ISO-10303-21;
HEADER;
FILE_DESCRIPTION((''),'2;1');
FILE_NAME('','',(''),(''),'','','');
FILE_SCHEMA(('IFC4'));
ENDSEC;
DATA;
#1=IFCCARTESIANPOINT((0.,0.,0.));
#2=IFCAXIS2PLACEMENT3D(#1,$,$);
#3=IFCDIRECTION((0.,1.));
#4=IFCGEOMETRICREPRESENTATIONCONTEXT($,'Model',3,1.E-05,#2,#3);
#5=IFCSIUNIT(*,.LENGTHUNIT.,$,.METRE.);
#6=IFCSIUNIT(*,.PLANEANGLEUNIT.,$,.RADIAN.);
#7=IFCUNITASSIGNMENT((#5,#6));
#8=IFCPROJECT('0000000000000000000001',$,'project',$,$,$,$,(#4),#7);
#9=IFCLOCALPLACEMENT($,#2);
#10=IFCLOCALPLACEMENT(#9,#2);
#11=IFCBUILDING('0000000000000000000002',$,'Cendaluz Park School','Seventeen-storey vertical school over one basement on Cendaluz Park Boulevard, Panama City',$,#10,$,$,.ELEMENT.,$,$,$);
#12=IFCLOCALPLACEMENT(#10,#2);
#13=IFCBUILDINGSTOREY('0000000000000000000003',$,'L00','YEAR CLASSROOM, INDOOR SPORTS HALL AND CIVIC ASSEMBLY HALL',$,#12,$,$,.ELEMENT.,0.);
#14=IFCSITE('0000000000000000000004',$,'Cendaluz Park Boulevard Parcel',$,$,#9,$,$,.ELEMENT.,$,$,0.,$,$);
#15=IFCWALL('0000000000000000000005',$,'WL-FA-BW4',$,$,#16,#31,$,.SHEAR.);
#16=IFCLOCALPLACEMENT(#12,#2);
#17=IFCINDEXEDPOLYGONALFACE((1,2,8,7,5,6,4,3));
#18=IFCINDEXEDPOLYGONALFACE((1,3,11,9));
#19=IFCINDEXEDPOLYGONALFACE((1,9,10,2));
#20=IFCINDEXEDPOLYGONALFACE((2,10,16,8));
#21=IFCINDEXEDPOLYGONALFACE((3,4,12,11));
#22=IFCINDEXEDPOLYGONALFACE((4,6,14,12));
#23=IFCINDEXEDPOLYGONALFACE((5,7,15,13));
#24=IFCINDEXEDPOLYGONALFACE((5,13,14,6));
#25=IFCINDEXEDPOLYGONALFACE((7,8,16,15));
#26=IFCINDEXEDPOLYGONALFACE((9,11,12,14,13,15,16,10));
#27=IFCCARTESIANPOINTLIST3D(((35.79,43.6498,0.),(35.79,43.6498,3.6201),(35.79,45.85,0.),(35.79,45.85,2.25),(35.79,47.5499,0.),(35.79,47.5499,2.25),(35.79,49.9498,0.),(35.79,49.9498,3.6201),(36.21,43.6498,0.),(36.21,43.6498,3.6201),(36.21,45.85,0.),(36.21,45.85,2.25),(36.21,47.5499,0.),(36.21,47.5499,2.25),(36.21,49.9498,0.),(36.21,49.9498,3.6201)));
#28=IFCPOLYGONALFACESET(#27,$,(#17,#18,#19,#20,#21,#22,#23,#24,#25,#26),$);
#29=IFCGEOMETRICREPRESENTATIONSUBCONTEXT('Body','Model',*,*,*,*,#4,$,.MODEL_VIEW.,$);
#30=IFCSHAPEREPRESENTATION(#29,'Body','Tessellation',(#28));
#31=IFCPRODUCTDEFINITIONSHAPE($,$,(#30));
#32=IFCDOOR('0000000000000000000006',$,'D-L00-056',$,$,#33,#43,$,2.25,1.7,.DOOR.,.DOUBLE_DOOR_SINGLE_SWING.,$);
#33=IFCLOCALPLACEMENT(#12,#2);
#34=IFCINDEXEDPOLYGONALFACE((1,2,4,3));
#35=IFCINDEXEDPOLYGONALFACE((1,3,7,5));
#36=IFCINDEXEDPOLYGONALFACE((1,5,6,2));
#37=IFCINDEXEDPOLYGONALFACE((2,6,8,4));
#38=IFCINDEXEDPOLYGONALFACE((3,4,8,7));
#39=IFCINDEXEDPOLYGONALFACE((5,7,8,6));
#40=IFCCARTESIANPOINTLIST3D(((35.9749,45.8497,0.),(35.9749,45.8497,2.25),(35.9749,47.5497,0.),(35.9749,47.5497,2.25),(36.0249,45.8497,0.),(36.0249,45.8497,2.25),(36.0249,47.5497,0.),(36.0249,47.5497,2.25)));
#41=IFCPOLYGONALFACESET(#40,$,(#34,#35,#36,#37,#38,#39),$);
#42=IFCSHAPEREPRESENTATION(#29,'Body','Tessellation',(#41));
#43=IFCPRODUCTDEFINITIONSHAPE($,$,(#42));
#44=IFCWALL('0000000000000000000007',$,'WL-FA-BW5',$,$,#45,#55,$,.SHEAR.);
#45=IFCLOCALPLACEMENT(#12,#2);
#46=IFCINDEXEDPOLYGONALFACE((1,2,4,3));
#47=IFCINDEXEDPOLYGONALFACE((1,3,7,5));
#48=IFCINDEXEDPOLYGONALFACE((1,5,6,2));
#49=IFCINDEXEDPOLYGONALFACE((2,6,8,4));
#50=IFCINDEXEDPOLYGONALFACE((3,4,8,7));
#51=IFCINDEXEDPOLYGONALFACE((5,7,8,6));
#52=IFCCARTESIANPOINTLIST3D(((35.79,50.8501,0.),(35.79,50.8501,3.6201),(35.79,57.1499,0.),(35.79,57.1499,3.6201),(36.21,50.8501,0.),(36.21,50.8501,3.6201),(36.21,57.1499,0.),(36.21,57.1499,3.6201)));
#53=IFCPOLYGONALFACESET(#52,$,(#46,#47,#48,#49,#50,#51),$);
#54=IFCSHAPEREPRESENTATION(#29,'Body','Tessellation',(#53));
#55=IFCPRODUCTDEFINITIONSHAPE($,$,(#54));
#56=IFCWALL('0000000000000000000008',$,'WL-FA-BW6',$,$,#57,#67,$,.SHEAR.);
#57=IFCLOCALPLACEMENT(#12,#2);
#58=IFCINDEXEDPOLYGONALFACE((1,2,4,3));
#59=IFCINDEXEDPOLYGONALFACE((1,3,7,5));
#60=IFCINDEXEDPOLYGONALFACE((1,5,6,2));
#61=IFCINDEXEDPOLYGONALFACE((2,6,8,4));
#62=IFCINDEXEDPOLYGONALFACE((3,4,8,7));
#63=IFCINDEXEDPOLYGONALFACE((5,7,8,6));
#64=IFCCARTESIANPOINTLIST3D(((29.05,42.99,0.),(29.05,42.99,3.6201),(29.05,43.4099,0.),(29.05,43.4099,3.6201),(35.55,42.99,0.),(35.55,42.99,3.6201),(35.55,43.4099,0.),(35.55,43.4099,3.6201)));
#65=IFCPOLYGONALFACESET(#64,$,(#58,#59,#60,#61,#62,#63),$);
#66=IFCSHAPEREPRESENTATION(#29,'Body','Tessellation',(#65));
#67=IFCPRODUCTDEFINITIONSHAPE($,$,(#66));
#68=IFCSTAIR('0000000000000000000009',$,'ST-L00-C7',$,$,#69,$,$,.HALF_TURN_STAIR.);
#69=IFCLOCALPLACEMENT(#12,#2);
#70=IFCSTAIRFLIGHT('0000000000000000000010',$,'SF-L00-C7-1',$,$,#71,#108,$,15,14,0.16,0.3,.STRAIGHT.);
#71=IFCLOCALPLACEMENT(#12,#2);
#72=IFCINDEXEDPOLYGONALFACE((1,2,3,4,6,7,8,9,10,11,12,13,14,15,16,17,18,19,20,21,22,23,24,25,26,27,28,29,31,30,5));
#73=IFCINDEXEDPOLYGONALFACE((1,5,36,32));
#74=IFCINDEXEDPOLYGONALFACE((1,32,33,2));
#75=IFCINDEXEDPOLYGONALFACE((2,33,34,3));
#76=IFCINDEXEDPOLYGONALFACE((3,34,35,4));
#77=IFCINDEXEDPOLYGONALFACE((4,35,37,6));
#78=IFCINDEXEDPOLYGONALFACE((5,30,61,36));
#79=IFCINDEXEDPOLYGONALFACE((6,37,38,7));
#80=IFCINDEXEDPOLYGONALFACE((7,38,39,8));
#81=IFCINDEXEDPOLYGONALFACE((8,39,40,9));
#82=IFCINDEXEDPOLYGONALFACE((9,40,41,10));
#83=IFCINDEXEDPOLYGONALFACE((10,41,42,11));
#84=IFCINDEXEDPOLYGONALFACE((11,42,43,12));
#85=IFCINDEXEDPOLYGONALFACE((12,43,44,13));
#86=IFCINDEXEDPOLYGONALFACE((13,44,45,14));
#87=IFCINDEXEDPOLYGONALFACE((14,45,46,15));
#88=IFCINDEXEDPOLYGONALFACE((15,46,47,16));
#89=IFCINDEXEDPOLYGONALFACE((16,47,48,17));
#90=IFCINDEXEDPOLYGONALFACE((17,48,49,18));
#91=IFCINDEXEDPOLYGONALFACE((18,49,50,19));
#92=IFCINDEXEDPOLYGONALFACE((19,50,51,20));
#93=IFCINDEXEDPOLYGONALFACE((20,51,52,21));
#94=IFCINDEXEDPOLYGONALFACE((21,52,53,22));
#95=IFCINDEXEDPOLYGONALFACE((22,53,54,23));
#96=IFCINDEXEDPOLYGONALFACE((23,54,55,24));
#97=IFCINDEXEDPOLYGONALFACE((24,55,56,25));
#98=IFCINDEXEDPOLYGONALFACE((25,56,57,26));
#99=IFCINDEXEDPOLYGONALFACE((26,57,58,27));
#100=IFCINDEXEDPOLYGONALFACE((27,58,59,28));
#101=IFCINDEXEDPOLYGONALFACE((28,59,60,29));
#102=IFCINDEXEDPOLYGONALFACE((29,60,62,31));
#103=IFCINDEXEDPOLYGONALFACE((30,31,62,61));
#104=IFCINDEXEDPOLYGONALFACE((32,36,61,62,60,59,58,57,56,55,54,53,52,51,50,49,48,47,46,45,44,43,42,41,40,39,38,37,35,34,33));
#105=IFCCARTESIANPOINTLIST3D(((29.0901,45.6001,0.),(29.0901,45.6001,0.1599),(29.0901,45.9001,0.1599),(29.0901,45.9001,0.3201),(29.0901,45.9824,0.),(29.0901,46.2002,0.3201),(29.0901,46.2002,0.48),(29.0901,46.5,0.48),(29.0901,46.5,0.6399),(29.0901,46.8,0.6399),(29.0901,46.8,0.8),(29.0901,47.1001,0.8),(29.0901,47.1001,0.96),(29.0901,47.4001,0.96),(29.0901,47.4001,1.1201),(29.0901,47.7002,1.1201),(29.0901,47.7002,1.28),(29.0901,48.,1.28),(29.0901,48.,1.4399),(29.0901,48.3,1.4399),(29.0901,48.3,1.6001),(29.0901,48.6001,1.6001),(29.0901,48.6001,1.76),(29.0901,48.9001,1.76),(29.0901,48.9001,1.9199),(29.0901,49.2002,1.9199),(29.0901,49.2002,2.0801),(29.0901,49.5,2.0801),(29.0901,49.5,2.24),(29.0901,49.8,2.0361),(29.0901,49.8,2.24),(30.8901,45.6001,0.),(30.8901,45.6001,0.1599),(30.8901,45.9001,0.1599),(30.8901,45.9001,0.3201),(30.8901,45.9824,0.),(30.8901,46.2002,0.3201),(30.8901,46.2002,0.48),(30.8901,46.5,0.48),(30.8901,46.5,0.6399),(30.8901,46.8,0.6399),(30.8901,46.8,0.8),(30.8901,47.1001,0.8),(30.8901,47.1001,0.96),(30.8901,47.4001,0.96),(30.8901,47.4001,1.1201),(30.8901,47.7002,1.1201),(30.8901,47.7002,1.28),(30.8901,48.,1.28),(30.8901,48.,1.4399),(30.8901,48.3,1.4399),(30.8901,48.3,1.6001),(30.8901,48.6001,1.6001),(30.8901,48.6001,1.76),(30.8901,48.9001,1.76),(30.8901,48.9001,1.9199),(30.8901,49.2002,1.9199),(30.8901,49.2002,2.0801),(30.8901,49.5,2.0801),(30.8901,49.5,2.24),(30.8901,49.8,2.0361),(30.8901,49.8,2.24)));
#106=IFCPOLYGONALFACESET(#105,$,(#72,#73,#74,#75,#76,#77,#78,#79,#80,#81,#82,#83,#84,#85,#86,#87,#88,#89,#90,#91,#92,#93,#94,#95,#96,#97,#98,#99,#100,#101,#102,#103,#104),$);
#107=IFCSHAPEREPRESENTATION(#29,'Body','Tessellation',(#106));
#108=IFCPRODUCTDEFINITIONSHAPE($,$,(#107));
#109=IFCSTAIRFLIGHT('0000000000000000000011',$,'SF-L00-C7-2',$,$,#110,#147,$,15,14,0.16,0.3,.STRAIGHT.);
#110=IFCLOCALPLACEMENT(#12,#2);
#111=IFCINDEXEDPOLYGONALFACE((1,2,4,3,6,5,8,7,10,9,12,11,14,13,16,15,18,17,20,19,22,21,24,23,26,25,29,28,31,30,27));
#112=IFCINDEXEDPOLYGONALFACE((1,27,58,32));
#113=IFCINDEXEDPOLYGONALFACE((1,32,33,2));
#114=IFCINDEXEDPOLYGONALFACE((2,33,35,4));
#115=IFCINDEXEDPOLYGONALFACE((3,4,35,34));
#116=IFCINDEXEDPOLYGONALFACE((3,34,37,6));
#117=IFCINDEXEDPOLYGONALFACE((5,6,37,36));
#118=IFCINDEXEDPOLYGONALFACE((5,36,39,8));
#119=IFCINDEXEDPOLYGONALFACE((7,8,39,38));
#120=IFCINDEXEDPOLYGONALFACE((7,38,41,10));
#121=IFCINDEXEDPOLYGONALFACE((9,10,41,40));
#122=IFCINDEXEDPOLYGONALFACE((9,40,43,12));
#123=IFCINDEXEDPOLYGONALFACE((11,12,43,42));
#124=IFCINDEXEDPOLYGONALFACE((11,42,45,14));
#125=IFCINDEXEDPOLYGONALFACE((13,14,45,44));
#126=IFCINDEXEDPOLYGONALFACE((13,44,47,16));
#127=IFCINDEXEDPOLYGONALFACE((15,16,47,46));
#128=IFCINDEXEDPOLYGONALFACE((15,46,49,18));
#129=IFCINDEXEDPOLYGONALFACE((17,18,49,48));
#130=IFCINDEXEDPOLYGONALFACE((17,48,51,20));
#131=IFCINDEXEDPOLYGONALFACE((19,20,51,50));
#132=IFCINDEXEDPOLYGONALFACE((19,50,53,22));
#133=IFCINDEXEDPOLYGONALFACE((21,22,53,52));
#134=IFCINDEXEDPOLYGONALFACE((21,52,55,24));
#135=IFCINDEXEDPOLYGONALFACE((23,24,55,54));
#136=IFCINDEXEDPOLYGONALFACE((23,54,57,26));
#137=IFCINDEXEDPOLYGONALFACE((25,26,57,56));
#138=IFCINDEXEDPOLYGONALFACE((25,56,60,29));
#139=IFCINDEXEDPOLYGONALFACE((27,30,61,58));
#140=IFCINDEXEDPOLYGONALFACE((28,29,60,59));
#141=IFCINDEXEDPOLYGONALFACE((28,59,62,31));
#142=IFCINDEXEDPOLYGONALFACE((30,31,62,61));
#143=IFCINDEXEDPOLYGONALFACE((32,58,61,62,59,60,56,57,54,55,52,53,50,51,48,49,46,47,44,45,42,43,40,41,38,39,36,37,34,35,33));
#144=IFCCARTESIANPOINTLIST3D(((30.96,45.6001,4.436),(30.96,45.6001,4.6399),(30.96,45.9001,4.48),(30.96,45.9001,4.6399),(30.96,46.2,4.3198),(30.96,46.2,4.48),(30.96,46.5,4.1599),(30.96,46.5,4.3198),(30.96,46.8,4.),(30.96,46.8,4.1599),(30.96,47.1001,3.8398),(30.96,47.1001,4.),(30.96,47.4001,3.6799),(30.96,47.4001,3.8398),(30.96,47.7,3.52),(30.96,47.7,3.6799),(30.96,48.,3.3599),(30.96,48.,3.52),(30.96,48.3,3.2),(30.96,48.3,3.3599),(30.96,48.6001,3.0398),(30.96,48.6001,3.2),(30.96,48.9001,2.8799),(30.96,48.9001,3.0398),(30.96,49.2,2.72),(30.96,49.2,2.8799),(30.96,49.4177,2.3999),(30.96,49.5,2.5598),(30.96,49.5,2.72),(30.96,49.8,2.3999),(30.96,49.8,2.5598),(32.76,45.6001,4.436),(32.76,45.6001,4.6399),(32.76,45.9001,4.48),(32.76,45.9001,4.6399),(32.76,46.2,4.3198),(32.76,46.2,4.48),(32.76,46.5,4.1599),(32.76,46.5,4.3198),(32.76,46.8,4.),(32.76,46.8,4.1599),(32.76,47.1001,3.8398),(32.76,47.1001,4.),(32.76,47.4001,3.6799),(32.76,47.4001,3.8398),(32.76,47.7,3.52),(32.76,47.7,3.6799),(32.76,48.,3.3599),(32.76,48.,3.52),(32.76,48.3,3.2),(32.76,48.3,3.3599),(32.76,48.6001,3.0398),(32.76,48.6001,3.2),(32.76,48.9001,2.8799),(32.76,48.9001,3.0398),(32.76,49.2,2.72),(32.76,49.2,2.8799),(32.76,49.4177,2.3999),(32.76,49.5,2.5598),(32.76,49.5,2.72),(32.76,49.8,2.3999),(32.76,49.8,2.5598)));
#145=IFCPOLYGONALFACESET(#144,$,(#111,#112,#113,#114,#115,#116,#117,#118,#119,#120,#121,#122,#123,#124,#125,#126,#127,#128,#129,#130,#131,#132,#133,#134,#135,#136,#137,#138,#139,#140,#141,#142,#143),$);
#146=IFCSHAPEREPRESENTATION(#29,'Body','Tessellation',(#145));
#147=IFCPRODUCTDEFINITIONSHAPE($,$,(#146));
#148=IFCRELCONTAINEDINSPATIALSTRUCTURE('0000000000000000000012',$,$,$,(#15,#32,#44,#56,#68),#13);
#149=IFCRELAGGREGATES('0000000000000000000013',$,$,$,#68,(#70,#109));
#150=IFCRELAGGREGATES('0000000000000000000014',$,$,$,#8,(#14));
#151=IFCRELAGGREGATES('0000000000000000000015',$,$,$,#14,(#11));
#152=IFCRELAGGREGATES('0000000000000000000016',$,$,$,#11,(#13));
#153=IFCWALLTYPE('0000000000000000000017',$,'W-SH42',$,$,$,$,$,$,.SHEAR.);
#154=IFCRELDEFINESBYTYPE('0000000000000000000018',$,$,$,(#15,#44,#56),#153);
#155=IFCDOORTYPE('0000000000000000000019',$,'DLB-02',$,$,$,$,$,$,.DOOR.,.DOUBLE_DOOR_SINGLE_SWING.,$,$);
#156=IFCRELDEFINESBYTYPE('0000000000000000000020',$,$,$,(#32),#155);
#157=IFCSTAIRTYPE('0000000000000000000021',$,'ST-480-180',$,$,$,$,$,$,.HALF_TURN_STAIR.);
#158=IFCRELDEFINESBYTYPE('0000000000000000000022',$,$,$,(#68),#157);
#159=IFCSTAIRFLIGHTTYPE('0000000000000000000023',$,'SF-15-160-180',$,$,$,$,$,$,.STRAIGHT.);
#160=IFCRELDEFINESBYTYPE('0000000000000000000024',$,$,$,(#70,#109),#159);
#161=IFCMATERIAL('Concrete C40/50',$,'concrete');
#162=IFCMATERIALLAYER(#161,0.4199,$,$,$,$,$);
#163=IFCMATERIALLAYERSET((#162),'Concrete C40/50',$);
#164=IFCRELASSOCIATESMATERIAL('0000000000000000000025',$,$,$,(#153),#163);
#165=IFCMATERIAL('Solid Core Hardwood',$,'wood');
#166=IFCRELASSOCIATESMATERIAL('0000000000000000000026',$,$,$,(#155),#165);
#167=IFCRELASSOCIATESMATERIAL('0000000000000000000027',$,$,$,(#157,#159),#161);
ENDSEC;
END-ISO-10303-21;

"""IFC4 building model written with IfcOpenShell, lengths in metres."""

from ifc_helpers import new_model, si_unit, direction, frame, frame_2d, origin, place, context, subcontext, project, spatial, polyline, rectangle, outline, extrude, material, layer, layer_set, type_object, element, fill, aggregate, save


model = new_model("IFC4")

# Units and contexts
model_context = context("Model", 3, precision=1e-05, world=origin(), true_north=direction((0.0, 1.0)))
body_context = subcontext(model_context, "Body", "Model", "MODEL_VIEW")
ifc_project = project(units=[si_unit("LENGTHUNIT", "METRE"), si_unit("PLANEANGLEUNIT", "RADIAN")], contexts=[model_context])

# Site, building, storey
site_placement = place(None, origin())
site = spatial("IfcSite", under=ifc_project, at=site_placement, Name="Cendaluz Park Boulevard Parcel", CompositionType="ELEMENT", RefElevation=0.0)
building_placement = place(site_placement, origin())
building = spatial("IfcBuilding", under=site, at=building_placement, Name="Cendaluz Park School", Description="Seventeen-storey vertical school over one basement on Cendaluz Park Boulevard, Panama City", CompositionType="ELEMENT")
storey_placement = place(building_placement, origin())
storey = spatial("IfcBuildingStorey", under=building, at=storey_placement, Name="L00", Description="YEAR CLASSROOM, INDOOR SPORTS HALL AND CIVIC ASSEMBLY HALL", CompositionType="ELEMENT", Elevation=0.0)

# Shared definitions
ifc_material_1 = material(Name="Concrete C40/50", Category="concrete")

# Shared definitions
ifc_material_2 = material(Name="Solid Core Hardwood", Category="wood")

# Shared definitions
ifc_layer_1 = layer(ifc_material_1, 0.4199)
ifc_layer_set_1 = layer_set([ifc_layer_1], Name="Concrete C40/50")
wall_type_1 = type_object("IfcWallType", Name="W-SH42", PredefinedType="SHEAR", material=ifc_layer_set_1)

# Wall, opening, door
wall_1_placement = place(storey_placement, frame((36.0, 43.6499, 0.0), z_axis=(0.0, 0.0, 1.0), x_axis=(0.0, 1.0, 0.0)))
wall_1 = element("IfcWall", 1, at=wall_1_placement, inside=storey, type_object=wall_type_1, Name="WL-FA-BW4", PredefinedType="SHEAR", context=body_context, shape_type="SweptSolid", body=[
    extrude(rectangle(XDim=6.3, YDim=0.4199, at=frame_2d((3.1499, 0.0))), origin(), (0.0, 0.0, 1.0), 3.6201),
])
opening_1_placement = place(wall_1_placement, frame((2.2, 0.0, 0.0)))
opening_1 = element("IfcOpeningElement", 2, at=opening_1_placement, cuts=wall_1, PredefinedType="OPENING", context=body_context, shape_type="SweptSolid", body=[
    extrude(rectangle(XDim=1.7, YDim=2.25, at=frame_2d((0.8501, 1.125))), frame((0.0, 0.2219, 0.0), z_axis=(0.0, -1.0, 0.0), x_axis=(1.0, 0.0, 0.0)), (0.0, 0.0, 1.0), 0.4438),
])
door_type_1 = type_object("IfcDoorType", Name="DLB-02", OperationType="DOUBLE_DOOR_SINGLE_SWING", PredefinedType="DOOR", material=ifc_material_2)
door_1_placement = place(opening_1_placement, frame((1.7, 0.0, 0.0), z_axis=(0.0, 0.0, 1.0), x_axis=(-1.0, 0.0, 0.0)))
door_1 = element("IfcDoor", 3, at=door_1_placement, inside=storey, type_object=door_type_1, Name="D-L00-056", OperationType="DOUBLE_DOOR_SINGLE_SWING", OverallHeight=2.25, OverallWidth=1.7, PredefinedType="DOOR", context=body_context, shape_type="SweptSolid", body=[
    extrude(rectangle(XDim=1.7, YDim=2.25, at=frame_2d((0.8501, 1.125))), frame((0.0, 0.0249, 0.0), z_axis=(0.0, -1.0, 0.0), x_axis=(1.0, 0.0, 0.0)), (0.0, 0.0, 1.0), 0.05),
])
fill(opening_1, door_1)

# Walls
wall_2_placement = place(storey_placement, frame((36.0, 50.8501, 0.0), z_axis=(0.0, 0.0, 1.0), x_axis=(0.0, 1.0, 0.0)))
element("IfcWall", 4, at=wall_2_placement, inside=storey, type_object=wall_type_1, Name="WL-FA-BW5", PredefinedType="SHEAR", context=body_context, shape_type="SweptSolid", body=[
    extrude(rectangle(XDim=6.2998, YDim=0.4199, at=frame_2d((3.1499, 0.0))), origin(), (0.0, 0.0, 1.0), 3.6201),
])
wall_3_placement = place(storey_placement, frame((29.05, 43.2, 0.0), z_axis=(0.0, 0.0, 1.0), x_axis=(1.0, 0.0, 0.0)))
element("IfcWall", 5, at=wall_3_placement, inside=storey, type_object=wall_type_1, Name="WL-FA-BW6", PredefinedType="SHEAR", context=body_context, shape_type="SweptSolid", body=[
    extrude(rectangle(XDim=6.5, YDim=0.4199, at=frame_2d((3.25, 0.0))), origin(), (0.0, 0.0, 1.0), 3.6201),
])

# Stair, stair flights
stair_type = type_object("IfcStairType", Name="ST-480-180", PredefinedType="HALF_TURN_STAIR", material=ifc_material_1)
stair_placement = place(storey_placement, origin())
stair = element("IfcStair", 6, at=stair_placement, inside=storey, type_object=stair_type, Name="ST-L00-C7", PredefinedType="HALF_TURN_STAIR")
stair_flight_type = type_object("IfcStairFlightType", Name="SF-15-160-180", PredefinedType="STRAIGHT", material=ifc_material_1)
stair_flight_1_placement = place(storey_placement, frame((29.99, 45.6001, 0.0), z_axis=(0.0, 0.0, 1.0), x_axis=(0.0, 1.0, 0.0)))
stair_flight_1 = element("IfcStairFlight", 7, at=stair_flight_1_placement, type_object=stair_flight_type, Name="SF-L00-C7-1", NumberOfRisers=15, NumberOfTreads=14, PredefinedType="STRAIGHT", RiserHeight=0.16, TreadLength=0.3, context=body_context, shape_type="SweptSolid", body=[
    extrude(outline(polyline([(0.0, 0.0), (0.0, 0.1599), (0.3, 0.1599), (0.3, 0.3201), (0.6001, 0.3201), (0.6001, 0.48), (0.8999, 0.48), (0.8999, 0.6399), (1.2, 0.6399), (1.2, 0.8), (1.5, 0.8), (1.5, 0.96), (1.8, 0.96), (1.8, 1.1201), (2.1001, 1.1201), (2.1001, 1.28), (2.3999, 1.28), (2.3999, 1.4399), (2.7, 1.4399), (2.7, 1.6001), (3.0, 1.6001), (3.0, 1.76), (3.3, 1.76), (3.3, 1.9199), (3.6001, 1.9199), (3.6001, 2.0801), (3.8999, 2.0801), (3.8999, 2.24), (4.2, 2.24), (4.2, 2.3999), (4.2, 2.0361), (0.3823, 0.0), (0.0, 0.0)])), frame((0.0, 0.8999, 0.0), z_axis=(0.0, -1.0, 0.0), x_axis=(1.0, 0.0, 0.0)), (0.0, 0.0, 1.0), 1.8),
])
stair_flight_2_placement = place(storey_placement, frame((31.8601, 49.8, 2.3999), z_axis=(0.0, 0.0, 1.0), x_axis=(0.0, -1.0, 0.0)))
stair_flight_2 = element("IfcStairFlight", 8, at=stair_flight_2_placement, type_object=stair_flight_type, Name="SF-L00-C7-2", NumberOfRisers=15, NumberOfTreads=14, PredefinedType="STRAIGHT", RiserHeight=0.16, TreadLength=0.3, context=body_context, shape_type="SweptSolid", body=[
    extrude(outline(polyline([(0.0, 0.0), (0.0, 0.1599), (0.3, 0.1599), (0.3, 0.3201), (0.6001, 0.3201), (0.6001, 0.48), (0.8999, 0.48), (0.8999, 0.6399), (1.2, 0.6399), (1.2, 0.8), (1.5, 0.8), (1.5, 0.96), (1.8, 0.96), (1.8, 1.1201), (2.1001, 1.1201), (2.1001, 1.28), (2.3999, 1.28), (2.3999, 1.4399), (2.7, 1.4399), (2.7, 1.6001), (3.0, 1.6001), (3.0, 1.76), (3.3, 1.76), (3.3, 1.9199), (3.6001, 1.9199), (3.6001, 2.0801), (3.8999, 2.0801), (3.8999, 2.24), (4.2, 2.24), (4.2, 2.3999), (4.2, 2.0361), (0.3823, 0.0), (0.0, 0.0)])), frame((0.0, 0.8999, 0.0), z_axis=(0.0, -1.0, 0.0), x_axis=(1.0, 0.0, 0.0)), (0.0, 0.0, 1.0), 1.8),
])
aggregate(stair, [stair_flight_1, stair_flight_2])

save(model, "model.ifc")
